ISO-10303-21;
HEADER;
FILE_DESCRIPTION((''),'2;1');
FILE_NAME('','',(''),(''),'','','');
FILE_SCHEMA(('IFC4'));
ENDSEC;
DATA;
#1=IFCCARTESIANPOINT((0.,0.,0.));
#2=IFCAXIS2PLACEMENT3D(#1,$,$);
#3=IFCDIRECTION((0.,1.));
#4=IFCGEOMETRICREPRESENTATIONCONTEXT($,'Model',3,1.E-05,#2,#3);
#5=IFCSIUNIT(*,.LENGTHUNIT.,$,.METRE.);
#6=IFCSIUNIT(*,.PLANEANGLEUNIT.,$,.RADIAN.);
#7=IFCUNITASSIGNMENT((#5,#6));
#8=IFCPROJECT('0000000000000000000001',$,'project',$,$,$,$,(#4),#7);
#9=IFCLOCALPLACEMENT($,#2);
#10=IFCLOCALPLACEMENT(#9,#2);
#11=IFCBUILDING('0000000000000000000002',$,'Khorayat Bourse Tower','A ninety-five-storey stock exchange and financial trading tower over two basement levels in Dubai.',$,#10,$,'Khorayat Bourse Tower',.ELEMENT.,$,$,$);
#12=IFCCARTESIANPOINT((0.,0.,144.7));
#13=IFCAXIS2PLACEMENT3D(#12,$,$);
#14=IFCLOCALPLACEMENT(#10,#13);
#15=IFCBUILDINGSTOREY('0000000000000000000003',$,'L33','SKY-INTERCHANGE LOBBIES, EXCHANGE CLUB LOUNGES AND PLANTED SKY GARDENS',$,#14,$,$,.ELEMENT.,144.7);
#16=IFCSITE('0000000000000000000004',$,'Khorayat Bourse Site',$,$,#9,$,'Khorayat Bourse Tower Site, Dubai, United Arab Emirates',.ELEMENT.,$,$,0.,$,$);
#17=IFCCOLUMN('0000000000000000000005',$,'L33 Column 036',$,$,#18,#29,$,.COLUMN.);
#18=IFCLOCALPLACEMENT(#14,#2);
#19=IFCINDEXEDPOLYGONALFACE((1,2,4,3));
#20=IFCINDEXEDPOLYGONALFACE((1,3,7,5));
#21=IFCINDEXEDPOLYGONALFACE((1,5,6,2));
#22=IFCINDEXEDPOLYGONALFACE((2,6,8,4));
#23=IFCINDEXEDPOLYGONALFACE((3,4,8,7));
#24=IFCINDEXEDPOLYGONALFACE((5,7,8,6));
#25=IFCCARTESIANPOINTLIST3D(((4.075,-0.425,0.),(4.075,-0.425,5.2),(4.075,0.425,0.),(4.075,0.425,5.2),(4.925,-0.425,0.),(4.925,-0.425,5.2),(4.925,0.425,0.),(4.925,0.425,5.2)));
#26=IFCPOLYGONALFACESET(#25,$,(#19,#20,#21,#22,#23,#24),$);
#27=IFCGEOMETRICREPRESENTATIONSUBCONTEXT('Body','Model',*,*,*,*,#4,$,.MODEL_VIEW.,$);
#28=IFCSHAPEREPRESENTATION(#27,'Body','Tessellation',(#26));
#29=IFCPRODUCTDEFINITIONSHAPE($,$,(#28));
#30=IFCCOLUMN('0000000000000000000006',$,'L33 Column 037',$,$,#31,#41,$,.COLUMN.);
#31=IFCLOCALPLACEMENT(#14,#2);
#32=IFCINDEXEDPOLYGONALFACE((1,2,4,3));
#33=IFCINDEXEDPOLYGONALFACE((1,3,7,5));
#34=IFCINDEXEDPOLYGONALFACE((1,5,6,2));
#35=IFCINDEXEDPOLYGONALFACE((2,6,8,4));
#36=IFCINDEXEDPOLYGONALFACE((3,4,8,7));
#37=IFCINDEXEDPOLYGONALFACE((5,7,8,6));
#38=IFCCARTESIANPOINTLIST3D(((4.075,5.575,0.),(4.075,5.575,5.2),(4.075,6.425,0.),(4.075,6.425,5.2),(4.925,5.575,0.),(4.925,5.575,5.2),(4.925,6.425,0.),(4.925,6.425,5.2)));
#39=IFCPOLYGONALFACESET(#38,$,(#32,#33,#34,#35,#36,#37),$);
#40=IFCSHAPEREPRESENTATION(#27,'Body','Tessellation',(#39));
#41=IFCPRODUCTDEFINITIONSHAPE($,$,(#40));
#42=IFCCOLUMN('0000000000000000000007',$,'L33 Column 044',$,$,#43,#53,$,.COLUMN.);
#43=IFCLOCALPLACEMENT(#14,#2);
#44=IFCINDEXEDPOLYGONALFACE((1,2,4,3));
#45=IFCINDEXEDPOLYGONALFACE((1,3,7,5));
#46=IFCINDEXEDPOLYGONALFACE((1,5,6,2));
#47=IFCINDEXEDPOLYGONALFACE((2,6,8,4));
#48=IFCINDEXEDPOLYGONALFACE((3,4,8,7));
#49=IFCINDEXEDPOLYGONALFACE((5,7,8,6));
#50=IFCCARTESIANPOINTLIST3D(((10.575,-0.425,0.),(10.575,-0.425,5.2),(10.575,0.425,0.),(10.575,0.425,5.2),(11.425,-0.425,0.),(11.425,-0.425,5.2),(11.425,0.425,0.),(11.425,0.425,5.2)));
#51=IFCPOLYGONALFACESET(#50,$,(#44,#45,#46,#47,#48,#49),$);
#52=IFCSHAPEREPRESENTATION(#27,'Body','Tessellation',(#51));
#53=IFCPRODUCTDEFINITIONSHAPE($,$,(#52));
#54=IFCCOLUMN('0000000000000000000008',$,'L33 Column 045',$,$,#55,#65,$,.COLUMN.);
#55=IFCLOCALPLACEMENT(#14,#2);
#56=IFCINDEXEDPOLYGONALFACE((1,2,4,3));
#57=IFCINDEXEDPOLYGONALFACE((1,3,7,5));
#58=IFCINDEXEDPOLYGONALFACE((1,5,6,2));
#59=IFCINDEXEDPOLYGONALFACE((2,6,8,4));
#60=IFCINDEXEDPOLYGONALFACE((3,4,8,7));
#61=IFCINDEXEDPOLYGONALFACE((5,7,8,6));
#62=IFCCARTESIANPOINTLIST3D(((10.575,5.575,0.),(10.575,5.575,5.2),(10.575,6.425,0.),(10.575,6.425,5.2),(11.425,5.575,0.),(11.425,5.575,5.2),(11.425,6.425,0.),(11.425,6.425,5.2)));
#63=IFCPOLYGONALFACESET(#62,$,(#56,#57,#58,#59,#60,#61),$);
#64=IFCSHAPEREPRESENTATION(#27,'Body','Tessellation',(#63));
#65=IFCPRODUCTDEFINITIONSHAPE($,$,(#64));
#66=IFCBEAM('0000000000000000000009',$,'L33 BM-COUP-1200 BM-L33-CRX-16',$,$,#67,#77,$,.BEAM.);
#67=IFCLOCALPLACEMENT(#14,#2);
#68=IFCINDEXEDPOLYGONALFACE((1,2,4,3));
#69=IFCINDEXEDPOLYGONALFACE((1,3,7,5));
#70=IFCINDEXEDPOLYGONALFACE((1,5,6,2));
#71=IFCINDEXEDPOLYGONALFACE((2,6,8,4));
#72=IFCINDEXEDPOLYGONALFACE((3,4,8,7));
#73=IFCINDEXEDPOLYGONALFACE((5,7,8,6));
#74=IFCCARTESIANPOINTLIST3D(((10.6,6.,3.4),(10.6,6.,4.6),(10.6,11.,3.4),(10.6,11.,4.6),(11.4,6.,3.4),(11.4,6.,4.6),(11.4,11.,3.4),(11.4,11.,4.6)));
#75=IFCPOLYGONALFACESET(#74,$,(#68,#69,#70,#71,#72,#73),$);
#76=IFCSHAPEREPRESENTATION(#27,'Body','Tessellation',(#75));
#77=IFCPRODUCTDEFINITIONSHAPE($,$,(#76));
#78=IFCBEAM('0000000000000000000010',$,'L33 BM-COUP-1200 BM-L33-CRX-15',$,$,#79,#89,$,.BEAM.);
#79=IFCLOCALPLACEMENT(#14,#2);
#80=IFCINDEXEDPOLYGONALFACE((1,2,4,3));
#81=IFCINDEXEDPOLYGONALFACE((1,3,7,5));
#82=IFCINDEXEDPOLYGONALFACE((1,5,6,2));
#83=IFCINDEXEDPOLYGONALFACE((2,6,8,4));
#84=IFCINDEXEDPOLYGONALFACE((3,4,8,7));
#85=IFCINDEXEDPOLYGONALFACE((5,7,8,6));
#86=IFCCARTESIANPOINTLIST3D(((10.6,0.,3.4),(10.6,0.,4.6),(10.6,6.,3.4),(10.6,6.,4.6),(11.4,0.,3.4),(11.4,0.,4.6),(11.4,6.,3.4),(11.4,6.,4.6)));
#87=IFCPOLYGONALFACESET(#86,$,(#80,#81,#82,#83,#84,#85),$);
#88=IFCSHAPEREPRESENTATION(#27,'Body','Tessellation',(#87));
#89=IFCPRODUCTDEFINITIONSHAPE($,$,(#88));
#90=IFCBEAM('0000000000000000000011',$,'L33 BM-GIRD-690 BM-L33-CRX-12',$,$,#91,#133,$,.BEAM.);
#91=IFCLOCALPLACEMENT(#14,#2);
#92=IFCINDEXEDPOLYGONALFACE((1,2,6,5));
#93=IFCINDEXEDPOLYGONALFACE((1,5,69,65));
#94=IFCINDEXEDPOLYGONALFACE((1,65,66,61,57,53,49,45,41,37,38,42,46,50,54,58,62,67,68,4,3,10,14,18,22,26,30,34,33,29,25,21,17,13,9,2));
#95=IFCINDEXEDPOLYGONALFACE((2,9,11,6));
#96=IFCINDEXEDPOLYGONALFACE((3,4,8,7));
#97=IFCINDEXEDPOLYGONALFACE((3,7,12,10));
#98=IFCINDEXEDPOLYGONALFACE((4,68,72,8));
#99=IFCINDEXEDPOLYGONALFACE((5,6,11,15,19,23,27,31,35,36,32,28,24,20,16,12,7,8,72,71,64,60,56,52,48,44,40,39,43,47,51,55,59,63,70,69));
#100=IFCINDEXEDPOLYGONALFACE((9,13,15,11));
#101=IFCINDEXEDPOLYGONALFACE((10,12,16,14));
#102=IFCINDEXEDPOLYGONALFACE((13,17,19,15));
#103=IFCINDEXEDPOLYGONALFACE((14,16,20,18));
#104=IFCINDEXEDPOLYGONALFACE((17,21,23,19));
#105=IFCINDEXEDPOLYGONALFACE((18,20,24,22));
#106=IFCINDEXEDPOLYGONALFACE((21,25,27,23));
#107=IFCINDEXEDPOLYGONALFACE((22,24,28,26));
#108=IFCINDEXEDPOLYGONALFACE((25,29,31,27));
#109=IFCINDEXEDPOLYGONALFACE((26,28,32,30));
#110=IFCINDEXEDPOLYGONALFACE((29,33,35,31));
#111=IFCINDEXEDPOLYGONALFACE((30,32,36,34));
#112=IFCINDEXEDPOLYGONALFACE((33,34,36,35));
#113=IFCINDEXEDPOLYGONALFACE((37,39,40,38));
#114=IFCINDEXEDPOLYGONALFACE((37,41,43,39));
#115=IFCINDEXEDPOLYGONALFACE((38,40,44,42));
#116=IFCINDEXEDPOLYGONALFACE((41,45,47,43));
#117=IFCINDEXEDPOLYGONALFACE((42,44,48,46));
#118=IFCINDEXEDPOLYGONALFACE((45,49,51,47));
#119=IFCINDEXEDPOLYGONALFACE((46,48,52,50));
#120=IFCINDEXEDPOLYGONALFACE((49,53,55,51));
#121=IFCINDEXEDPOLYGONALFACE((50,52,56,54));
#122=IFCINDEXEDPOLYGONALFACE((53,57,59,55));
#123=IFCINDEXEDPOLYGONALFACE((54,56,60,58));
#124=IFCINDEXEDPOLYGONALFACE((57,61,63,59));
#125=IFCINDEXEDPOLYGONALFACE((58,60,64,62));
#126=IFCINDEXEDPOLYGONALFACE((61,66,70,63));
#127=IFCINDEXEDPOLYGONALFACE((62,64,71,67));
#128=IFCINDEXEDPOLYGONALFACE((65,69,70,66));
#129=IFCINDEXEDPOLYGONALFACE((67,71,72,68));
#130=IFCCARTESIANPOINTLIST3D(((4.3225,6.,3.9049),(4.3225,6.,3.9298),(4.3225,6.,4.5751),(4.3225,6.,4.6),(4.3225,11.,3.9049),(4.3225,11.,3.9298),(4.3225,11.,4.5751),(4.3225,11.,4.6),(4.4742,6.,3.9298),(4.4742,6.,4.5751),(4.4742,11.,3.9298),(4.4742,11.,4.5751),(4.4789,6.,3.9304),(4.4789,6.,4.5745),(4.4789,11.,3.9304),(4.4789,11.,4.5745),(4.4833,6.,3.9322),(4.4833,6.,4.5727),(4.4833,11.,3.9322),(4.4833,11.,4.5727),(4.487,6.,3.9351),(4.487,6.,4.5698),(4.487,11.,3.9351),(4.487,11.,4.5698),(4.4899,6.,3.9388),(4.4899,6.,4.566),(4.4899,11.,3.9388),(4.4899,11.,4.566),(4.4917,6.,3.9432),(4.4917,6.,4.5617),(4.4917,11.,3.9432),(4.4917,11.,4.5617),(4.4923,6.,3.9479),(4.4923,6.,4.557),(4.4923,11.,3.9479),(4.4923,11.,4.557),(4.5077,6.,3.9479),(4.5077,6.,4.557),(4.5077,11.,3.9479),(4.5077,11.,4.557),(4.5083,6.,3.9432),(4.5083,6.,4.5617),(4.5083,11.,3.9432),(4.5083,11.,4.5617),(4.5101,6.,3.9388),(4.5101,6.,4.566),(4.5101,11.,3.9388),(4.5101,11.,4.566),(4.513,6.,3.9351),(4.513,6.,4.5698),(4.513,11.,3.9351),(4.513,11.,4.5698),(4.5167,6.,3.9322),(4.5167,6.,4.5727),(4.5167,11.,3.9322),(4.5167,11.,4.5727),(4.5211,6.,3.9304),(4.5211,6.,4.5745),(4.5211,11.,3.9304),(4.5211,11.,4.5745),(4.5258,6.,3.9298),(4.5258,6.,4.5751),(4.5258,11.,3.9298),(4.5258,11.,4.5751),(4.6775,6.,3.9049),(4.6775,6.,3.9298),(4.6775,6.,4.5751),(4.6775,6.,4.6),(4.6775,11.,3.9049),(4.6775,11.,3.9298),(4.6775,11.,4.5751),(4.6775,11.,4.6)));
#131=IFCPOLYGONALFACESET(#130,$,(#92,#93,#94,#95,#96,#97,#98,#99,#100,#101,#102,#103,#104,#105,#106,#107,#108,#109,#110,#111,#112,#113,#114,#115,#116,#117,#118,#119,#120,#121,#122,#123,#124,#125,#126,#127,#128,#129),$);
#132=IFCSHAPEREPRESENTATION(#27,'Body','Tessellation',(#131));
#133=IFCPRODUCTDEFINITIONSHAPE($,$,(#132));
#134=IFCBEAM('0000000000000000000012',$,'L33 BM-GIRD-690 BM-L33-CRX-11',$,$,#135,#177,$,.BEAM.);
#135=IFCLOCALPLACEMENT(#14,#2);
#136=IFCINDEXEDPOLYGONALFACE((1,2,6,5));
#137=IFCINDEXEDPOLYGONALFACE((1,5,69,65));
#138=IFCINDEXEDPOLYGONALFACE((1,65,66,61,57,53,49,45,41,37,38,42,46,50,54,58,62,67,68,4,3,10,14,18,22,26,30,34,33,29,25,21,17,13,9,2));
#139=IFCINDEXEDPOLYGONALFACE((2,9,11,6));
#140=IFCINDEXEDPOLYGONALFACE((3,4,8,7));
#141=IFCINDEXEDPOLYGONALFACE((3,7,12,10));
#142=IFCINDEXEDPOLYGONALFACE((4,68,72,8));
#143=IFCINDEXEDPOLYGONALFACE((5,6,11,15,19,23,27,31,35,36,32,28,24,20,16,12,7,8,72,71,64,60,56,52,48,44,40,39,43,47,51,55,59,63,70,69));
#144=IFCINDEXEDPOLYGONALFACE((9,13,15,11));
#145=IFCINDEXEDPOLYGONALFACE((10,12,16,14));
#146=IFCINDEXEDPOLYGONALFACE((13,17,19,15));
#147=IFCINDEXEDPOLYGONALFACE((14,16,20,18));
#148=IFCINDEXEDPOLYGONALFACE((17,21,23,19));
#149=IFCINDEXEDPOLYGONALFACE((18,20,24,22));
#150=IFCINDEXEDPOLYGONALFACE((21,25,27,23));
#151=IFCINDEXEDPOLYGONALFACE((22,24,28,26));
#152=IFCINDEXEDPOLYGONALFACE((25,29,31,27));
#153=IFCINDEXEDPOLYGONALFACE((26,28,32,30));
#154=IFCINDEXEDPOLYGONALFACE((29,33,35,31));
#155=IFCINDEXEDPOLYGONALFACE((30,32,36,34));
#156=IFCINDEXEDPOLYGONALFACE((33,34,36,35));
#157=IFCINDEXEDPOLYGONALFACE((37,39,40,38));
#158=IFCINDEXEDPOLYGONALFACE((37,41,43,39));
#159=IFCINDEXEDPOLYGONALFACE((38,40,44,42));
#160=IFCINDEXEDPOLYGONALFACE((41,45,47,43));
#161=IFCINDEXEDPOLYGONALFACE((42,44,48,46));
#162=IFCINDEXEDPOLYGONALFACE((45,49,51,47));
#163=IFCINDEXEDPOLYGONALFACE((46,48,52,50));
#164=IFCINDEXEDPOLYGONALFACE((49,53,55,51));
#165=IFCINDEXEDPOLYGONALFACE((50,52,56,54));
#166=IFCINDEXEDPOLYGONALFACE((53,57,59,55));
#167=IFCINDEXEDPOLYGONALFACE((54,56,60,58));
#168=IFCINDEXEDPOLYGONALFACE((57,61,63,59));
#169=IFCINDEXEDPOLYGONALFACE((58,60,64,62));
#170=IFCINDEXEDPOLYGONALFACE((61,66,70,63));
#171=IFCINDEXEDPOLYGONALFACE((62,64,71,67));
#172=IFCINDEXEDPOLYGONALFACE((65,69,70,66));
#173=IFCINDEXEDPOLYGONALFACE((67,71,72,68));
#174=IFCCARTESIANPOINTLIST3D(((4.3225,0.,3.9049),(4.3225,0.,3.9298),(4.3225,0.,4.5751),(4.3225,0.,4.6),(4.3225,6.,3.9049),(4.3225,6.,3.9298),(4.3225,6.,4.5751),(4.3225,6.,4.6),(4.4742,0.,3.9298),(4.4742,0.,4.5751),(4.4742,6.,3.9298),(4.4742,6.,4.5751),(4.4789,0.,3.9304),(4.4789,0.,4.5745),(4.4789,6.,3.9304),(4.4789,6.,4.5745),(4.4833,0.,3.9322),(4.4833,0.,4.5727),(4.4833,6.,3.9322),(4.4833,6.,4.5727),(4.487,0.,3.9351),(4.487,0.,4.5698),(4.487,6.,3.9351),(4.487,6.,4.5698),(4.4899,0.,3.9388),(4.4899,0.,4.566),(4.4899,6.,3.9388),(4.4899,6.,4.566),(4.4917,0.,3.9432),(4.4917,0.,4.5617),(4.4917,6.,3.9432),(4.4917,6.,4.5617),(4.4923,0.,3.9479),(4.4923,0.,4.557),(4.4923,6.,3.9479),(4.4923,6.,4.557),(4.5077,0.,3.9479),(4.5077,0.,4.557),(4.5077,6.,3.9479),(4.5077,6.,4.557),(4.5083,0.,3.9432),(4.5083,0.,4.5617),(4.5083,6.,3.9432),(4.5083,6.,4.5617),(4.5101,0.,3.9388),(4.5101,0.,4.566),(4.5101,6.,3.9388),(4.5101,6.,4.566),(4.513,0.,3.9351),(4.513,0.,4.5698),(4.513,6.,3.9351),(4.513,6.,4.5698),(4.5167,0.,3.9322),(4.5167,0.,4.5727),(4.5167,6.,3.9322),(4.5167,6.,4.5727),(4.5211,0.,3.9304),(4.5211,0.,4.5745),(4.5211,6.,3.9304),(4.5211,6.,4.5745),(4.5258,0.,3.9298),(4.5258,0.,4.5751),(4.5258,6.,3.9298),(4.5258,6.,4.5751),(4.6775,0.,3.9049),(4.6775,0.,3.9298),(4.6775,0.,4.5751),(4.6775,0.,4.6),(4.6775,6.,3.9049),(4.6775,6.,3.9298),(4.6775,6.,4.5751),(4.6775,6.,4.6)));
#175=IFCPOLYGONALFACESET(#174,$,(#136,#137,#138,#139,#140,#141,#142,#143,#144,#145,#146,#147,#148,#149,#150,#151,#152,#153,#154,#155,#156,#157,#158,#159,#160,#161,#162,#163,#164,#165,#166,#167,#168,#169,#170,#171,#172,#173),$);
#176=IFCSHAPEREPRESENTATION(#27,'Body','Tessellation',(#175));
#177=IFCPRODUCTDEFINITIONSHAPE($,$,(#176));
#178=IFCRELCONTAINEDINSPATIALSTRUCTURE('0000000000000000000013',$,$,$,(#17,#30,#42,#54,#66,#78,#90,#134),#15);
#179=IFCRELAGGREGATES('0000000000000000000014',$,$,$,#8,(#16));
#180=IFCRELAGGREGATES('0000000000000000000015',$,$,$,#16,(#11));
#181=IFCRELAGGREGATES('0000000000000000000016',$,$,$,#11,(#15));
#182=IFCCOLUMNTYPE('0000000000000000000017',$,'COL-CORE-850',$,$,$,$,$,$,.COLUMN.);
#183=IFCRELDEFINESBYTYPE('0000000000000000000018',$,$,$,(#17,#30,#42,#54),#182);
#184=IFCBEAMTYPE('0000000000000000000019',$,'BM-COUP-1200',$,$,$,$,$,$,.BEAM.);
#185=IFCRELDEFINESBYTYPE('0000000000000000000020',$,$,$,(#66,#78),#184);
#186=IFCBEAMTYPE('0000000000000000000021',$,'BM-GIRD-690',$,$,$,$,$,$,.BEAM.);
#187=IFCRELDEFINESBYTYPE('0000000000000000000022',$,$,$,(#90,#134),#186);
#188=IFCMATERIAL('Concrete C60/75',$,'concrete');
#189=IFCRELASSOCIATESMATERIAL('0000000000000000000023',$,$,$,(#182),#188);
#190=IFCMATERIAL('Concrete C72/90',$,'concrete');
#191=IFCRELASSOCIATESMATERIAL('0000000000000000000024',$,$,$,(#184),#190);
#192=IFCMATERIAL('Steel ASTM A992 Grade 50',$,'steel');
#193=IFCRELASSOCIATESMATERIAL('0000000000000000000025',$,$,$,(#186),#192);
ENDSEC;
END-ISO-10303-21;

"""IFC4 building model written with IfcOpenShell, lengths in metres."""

from ifc_helpers import new_model, si_unit, direction, frame, origin, origin_2d, place, context, subcontext, project, spatial, rectangle, i_section, extrude, source, transform, mapped, material, material_profile, profile_set, type_object, element, save


model = new_model("IFC4")

# Units and contexts
model_context = context("Model", 3, precision=1e-05, world=origin(), true_north=direction((0.0, 1.0)))
body_context = subcontext(model_context, "Body", "Model", "MODEL_VIEW")
ifc_project = project(units=[si_unit("LENGTHUNIT", "METRE"), si_unit("PLANEANGLEUNIT", "RADIAN")], contexts=[model_context])

# Site, building, storey
site_placement = place(None, origin())
site = spatial("IfcSite", under=ifc_project, at=site_placement, Name="Khorayat Bourse Site", LongName="Khorayat Bourse Tower Site, Dubai, United Arab Emirates", CompositionType="ELEMENT", RefElevation=0.0)
building_placement = place(site_placement, origin())
building = spatial("IfcBuilding", under=site, at=building_placement, Name="Khorayat Bourse Tower", Description="A ninety-five-storey stock exchange and financial trading tower over two basement levels in Dubai.", LongName="Khorayat Bourse Tower", CompositionType="ELEMENT")
storey_placement = place(building_placement, frame((0.0, 0.0, 144.7)))
storey = spatial("IfcBuildingStorey", under=building, at=storey_placement, Name="L33", Description="SKY-INTERCHANGE LOBBIES, EXCHANGE CLUB LOUNGES AND PLANTED SKY GARDENS", CompositionType="ELEMENT", Elevation=144.7)

# Columns
ifc_material_1 = material(Name="Concrete C60/75", Category="concrete")
ifc_material_profile_1 = material_profile(ifc_material_1, rectangle(XDim=0.8501, YDim=0.8501, at=origin_2d()), Name="RC 850x850")
ifc_profile_set_1 = profile_set([ifc_material_profile_1], Name="Concrete C60/75")
column_type = type_object("IfcColumnType", Name="COL-CORE-850", PredefinedType="COLUMN", material=ifc_profile_set_1)
shared_shape_1 = source(origin(), body_context, "Body", "SweptSolid", [
    extrude(rectangle(XDim=0.8501, YDim=0.8501, at=origin_2d()), origin(), (0.0, 0.0, 1.0), 5.2),
])
for number, where, z_axis, x_axis, name in (
    (1, (4.5, 0.0, 0.0), (0.0, 0.0, 1.0), (1.0, 0.0, 0.0), "L33 Column 036"),
    (2, (4.5, 6.0, 0.0), (0.0, 0.0, 1.0), (1.0, 0.0, 0.0), "L33 Column 037"),
    (3, (11.0, 0.0, 0.0), (0.0, 0.0, 1.0), (1.0, 0.0, 0.0), "L33 Column 044"),
    (4, (11.0, 6.0, 0.0), (0.0, 0.0, 1.0), (1.0, 0.0, 0.0), "L33 Column 045"),
):
    element("IfcColumn", number, at=place(storey_placement, frame(where, z_axis=z_axis, x_axis=x_axis)), inside=storey, type_object=column_type, Name=name, PredefinedType="COLUMN", context=body_context, shape_type="MappedRepresentation", body=[
        mapped(shared_shape_1, transform((0.0, 0.0, 0.0), scale=1.0)),
    ])

# Beams
ifc_material_2 = material(Name="Concrete C72/90", Category="concrete")
ifc_material_profile_2 = material_profile(ifc_material_2, rectangle(XDim=0.8, YDim=1.2, at=origin_2d()), Name="RC 800x1200")
ifc_profile_set_2 = profile_set([ifc_material_profile_2], Name="Concrete C72/90")
beam_type_1 = type_object("IfcBeamType", Name="BM-COUP-1200", PredefinedType="BEAM", material=ifc_profile_set_2)
shared_shape_2 = source(origin(), body_context, "Body", "SweptSolid", [
    extrude(rectangle(XDim=0.8, YDim=1.2, at=origin_2d()), origin(), (0.0, 0.0, 1.0), 5.0),
])
beam_1_placement = place(storey_placement, frame((11.0, 6.0, 4.0), z_axis=(0.0, 1.0, 0.0), x_axis=(-1.0, 0.0, 0.0)))
element("IfcBeam", 5, at=beam_1_placement, inside=storey, type_object=beam_type_1, Name="L33 BM-COUP-1200 BM-L33-CRX-16", PredefinedType="BEAM", context=body_context, shape_type="MappedRepresentation", body=[
    mapped(shared_shape_2, transform((0.0, 0.0, 0.0), scale=1.0)),
])
shared_shape_3 = source(origin(), body_context, "Body", "SweptSolid", [
    extrude(rectangle(XDim=0.8, YDim=1.2, at=origin_2d()), origin(), (0.0, 0.0, 1.0), 6.0),
])
beam_2_placement = place(storey_placement, frame((11.0, 0.0, 4.0), z_axis=(0.0, 1.0, 0.0), x_axis=(-1.0, 0.0, 0.0)))
element("IfcBeam", 6, at=beam_2_placement, inside=storey, type_object=beam_type_1, Name="L33 BM-COUP-1200 BM-L33-CRX-15", PredefinedType="BEAM", context=body_context, shape_type="MappedRepresentation", body=[
    mapped(shared_shape_3, transform((0.0, 0.0, 0.0), scale=1.0)),
])
ifc_material_3 = material(Name="Steel ASTM A992 Grade 50", Category="steel")
ifc_material_profile_3 = material_profile(ifc_material_3, i_section(OverallWidth=0.355, OverallDepth=0.6951, WebThickness=0.0154, FlangeThickness=0.0249, FilletRadius=0.0181, at=origin_2d()), Name="W690X217")
ifc_profile_set_3 = profile_set([ifc_material_profile_3], Name="Steel ASTM A992 Grade 50")
beam_type_2 = type_object("IfcBeamType", Name="BM-GIRD-690", PredefinedType="BEAM", material=ifc_profile_set_3)
shared_shape_4 = source(origin(), body_context, "Body", "SweptSolid", [
    extrude(i_section(OverallWidth=0.355, OverallDepth=0.6951, WebThickness=0.0154, FlangeThickness=0.0249, FilletRadius=0.0181, at=origin_2d()), origin(), (0.0, 0.0, 1.0), 5.0),
])
beam_3_placement = place(storey_placement, frame((4.5, 6.0, 4.2524), z_axis=(0.0, 1.0, 0.0), x_axis=(-1.0, 0.0, 0.0)))
element("IfcBeam", 7, at=beam_3_placement, inside=storey, type_object=beam_type_2, Name="L33 BM-GIRD-690 BM-L33-CRX-12", PredefinedType="BEAM", context=body_context, shape_type="MappedRepresentation", body=[
    mapped(shared_shape_4, transform((0.0, 0.0, 0.0), scale=1.0)),
])
shared_shape_5 = source(origin(), body_context, "Body", "SweptSolid", [
    extrude(i_section(OverallWidth=0.355, OverallDepth=0.6951, WebThickness=0.0154, FlangeThickness=0.0249, FilletRadius=0.0181, at=origin_2d()), origin(), (0.0, 0.0, 1.0), 6.0),
])
beam_4_placement = place(storey_placement, frame((4.5, 0.0, 4.2524), z_axis=(0.0, 1.0, 0.0), x_axis=(-1.0, 0.0, 0.0)))
element("IfcBeam", 8, at=beam_4_placement, inside=storey, type_object=beam_type_2, Name="L33 BM-GIRD-690 BM-L33-CRX-11", PredefinedType="BEAM", context=body_context, shape_type="MappedRepresentation", body=[
    mapped(shared_shape_5, transform((0.0, 0.0, 0.0), scale=1.0)),
])

save(model, "model.ifc")
